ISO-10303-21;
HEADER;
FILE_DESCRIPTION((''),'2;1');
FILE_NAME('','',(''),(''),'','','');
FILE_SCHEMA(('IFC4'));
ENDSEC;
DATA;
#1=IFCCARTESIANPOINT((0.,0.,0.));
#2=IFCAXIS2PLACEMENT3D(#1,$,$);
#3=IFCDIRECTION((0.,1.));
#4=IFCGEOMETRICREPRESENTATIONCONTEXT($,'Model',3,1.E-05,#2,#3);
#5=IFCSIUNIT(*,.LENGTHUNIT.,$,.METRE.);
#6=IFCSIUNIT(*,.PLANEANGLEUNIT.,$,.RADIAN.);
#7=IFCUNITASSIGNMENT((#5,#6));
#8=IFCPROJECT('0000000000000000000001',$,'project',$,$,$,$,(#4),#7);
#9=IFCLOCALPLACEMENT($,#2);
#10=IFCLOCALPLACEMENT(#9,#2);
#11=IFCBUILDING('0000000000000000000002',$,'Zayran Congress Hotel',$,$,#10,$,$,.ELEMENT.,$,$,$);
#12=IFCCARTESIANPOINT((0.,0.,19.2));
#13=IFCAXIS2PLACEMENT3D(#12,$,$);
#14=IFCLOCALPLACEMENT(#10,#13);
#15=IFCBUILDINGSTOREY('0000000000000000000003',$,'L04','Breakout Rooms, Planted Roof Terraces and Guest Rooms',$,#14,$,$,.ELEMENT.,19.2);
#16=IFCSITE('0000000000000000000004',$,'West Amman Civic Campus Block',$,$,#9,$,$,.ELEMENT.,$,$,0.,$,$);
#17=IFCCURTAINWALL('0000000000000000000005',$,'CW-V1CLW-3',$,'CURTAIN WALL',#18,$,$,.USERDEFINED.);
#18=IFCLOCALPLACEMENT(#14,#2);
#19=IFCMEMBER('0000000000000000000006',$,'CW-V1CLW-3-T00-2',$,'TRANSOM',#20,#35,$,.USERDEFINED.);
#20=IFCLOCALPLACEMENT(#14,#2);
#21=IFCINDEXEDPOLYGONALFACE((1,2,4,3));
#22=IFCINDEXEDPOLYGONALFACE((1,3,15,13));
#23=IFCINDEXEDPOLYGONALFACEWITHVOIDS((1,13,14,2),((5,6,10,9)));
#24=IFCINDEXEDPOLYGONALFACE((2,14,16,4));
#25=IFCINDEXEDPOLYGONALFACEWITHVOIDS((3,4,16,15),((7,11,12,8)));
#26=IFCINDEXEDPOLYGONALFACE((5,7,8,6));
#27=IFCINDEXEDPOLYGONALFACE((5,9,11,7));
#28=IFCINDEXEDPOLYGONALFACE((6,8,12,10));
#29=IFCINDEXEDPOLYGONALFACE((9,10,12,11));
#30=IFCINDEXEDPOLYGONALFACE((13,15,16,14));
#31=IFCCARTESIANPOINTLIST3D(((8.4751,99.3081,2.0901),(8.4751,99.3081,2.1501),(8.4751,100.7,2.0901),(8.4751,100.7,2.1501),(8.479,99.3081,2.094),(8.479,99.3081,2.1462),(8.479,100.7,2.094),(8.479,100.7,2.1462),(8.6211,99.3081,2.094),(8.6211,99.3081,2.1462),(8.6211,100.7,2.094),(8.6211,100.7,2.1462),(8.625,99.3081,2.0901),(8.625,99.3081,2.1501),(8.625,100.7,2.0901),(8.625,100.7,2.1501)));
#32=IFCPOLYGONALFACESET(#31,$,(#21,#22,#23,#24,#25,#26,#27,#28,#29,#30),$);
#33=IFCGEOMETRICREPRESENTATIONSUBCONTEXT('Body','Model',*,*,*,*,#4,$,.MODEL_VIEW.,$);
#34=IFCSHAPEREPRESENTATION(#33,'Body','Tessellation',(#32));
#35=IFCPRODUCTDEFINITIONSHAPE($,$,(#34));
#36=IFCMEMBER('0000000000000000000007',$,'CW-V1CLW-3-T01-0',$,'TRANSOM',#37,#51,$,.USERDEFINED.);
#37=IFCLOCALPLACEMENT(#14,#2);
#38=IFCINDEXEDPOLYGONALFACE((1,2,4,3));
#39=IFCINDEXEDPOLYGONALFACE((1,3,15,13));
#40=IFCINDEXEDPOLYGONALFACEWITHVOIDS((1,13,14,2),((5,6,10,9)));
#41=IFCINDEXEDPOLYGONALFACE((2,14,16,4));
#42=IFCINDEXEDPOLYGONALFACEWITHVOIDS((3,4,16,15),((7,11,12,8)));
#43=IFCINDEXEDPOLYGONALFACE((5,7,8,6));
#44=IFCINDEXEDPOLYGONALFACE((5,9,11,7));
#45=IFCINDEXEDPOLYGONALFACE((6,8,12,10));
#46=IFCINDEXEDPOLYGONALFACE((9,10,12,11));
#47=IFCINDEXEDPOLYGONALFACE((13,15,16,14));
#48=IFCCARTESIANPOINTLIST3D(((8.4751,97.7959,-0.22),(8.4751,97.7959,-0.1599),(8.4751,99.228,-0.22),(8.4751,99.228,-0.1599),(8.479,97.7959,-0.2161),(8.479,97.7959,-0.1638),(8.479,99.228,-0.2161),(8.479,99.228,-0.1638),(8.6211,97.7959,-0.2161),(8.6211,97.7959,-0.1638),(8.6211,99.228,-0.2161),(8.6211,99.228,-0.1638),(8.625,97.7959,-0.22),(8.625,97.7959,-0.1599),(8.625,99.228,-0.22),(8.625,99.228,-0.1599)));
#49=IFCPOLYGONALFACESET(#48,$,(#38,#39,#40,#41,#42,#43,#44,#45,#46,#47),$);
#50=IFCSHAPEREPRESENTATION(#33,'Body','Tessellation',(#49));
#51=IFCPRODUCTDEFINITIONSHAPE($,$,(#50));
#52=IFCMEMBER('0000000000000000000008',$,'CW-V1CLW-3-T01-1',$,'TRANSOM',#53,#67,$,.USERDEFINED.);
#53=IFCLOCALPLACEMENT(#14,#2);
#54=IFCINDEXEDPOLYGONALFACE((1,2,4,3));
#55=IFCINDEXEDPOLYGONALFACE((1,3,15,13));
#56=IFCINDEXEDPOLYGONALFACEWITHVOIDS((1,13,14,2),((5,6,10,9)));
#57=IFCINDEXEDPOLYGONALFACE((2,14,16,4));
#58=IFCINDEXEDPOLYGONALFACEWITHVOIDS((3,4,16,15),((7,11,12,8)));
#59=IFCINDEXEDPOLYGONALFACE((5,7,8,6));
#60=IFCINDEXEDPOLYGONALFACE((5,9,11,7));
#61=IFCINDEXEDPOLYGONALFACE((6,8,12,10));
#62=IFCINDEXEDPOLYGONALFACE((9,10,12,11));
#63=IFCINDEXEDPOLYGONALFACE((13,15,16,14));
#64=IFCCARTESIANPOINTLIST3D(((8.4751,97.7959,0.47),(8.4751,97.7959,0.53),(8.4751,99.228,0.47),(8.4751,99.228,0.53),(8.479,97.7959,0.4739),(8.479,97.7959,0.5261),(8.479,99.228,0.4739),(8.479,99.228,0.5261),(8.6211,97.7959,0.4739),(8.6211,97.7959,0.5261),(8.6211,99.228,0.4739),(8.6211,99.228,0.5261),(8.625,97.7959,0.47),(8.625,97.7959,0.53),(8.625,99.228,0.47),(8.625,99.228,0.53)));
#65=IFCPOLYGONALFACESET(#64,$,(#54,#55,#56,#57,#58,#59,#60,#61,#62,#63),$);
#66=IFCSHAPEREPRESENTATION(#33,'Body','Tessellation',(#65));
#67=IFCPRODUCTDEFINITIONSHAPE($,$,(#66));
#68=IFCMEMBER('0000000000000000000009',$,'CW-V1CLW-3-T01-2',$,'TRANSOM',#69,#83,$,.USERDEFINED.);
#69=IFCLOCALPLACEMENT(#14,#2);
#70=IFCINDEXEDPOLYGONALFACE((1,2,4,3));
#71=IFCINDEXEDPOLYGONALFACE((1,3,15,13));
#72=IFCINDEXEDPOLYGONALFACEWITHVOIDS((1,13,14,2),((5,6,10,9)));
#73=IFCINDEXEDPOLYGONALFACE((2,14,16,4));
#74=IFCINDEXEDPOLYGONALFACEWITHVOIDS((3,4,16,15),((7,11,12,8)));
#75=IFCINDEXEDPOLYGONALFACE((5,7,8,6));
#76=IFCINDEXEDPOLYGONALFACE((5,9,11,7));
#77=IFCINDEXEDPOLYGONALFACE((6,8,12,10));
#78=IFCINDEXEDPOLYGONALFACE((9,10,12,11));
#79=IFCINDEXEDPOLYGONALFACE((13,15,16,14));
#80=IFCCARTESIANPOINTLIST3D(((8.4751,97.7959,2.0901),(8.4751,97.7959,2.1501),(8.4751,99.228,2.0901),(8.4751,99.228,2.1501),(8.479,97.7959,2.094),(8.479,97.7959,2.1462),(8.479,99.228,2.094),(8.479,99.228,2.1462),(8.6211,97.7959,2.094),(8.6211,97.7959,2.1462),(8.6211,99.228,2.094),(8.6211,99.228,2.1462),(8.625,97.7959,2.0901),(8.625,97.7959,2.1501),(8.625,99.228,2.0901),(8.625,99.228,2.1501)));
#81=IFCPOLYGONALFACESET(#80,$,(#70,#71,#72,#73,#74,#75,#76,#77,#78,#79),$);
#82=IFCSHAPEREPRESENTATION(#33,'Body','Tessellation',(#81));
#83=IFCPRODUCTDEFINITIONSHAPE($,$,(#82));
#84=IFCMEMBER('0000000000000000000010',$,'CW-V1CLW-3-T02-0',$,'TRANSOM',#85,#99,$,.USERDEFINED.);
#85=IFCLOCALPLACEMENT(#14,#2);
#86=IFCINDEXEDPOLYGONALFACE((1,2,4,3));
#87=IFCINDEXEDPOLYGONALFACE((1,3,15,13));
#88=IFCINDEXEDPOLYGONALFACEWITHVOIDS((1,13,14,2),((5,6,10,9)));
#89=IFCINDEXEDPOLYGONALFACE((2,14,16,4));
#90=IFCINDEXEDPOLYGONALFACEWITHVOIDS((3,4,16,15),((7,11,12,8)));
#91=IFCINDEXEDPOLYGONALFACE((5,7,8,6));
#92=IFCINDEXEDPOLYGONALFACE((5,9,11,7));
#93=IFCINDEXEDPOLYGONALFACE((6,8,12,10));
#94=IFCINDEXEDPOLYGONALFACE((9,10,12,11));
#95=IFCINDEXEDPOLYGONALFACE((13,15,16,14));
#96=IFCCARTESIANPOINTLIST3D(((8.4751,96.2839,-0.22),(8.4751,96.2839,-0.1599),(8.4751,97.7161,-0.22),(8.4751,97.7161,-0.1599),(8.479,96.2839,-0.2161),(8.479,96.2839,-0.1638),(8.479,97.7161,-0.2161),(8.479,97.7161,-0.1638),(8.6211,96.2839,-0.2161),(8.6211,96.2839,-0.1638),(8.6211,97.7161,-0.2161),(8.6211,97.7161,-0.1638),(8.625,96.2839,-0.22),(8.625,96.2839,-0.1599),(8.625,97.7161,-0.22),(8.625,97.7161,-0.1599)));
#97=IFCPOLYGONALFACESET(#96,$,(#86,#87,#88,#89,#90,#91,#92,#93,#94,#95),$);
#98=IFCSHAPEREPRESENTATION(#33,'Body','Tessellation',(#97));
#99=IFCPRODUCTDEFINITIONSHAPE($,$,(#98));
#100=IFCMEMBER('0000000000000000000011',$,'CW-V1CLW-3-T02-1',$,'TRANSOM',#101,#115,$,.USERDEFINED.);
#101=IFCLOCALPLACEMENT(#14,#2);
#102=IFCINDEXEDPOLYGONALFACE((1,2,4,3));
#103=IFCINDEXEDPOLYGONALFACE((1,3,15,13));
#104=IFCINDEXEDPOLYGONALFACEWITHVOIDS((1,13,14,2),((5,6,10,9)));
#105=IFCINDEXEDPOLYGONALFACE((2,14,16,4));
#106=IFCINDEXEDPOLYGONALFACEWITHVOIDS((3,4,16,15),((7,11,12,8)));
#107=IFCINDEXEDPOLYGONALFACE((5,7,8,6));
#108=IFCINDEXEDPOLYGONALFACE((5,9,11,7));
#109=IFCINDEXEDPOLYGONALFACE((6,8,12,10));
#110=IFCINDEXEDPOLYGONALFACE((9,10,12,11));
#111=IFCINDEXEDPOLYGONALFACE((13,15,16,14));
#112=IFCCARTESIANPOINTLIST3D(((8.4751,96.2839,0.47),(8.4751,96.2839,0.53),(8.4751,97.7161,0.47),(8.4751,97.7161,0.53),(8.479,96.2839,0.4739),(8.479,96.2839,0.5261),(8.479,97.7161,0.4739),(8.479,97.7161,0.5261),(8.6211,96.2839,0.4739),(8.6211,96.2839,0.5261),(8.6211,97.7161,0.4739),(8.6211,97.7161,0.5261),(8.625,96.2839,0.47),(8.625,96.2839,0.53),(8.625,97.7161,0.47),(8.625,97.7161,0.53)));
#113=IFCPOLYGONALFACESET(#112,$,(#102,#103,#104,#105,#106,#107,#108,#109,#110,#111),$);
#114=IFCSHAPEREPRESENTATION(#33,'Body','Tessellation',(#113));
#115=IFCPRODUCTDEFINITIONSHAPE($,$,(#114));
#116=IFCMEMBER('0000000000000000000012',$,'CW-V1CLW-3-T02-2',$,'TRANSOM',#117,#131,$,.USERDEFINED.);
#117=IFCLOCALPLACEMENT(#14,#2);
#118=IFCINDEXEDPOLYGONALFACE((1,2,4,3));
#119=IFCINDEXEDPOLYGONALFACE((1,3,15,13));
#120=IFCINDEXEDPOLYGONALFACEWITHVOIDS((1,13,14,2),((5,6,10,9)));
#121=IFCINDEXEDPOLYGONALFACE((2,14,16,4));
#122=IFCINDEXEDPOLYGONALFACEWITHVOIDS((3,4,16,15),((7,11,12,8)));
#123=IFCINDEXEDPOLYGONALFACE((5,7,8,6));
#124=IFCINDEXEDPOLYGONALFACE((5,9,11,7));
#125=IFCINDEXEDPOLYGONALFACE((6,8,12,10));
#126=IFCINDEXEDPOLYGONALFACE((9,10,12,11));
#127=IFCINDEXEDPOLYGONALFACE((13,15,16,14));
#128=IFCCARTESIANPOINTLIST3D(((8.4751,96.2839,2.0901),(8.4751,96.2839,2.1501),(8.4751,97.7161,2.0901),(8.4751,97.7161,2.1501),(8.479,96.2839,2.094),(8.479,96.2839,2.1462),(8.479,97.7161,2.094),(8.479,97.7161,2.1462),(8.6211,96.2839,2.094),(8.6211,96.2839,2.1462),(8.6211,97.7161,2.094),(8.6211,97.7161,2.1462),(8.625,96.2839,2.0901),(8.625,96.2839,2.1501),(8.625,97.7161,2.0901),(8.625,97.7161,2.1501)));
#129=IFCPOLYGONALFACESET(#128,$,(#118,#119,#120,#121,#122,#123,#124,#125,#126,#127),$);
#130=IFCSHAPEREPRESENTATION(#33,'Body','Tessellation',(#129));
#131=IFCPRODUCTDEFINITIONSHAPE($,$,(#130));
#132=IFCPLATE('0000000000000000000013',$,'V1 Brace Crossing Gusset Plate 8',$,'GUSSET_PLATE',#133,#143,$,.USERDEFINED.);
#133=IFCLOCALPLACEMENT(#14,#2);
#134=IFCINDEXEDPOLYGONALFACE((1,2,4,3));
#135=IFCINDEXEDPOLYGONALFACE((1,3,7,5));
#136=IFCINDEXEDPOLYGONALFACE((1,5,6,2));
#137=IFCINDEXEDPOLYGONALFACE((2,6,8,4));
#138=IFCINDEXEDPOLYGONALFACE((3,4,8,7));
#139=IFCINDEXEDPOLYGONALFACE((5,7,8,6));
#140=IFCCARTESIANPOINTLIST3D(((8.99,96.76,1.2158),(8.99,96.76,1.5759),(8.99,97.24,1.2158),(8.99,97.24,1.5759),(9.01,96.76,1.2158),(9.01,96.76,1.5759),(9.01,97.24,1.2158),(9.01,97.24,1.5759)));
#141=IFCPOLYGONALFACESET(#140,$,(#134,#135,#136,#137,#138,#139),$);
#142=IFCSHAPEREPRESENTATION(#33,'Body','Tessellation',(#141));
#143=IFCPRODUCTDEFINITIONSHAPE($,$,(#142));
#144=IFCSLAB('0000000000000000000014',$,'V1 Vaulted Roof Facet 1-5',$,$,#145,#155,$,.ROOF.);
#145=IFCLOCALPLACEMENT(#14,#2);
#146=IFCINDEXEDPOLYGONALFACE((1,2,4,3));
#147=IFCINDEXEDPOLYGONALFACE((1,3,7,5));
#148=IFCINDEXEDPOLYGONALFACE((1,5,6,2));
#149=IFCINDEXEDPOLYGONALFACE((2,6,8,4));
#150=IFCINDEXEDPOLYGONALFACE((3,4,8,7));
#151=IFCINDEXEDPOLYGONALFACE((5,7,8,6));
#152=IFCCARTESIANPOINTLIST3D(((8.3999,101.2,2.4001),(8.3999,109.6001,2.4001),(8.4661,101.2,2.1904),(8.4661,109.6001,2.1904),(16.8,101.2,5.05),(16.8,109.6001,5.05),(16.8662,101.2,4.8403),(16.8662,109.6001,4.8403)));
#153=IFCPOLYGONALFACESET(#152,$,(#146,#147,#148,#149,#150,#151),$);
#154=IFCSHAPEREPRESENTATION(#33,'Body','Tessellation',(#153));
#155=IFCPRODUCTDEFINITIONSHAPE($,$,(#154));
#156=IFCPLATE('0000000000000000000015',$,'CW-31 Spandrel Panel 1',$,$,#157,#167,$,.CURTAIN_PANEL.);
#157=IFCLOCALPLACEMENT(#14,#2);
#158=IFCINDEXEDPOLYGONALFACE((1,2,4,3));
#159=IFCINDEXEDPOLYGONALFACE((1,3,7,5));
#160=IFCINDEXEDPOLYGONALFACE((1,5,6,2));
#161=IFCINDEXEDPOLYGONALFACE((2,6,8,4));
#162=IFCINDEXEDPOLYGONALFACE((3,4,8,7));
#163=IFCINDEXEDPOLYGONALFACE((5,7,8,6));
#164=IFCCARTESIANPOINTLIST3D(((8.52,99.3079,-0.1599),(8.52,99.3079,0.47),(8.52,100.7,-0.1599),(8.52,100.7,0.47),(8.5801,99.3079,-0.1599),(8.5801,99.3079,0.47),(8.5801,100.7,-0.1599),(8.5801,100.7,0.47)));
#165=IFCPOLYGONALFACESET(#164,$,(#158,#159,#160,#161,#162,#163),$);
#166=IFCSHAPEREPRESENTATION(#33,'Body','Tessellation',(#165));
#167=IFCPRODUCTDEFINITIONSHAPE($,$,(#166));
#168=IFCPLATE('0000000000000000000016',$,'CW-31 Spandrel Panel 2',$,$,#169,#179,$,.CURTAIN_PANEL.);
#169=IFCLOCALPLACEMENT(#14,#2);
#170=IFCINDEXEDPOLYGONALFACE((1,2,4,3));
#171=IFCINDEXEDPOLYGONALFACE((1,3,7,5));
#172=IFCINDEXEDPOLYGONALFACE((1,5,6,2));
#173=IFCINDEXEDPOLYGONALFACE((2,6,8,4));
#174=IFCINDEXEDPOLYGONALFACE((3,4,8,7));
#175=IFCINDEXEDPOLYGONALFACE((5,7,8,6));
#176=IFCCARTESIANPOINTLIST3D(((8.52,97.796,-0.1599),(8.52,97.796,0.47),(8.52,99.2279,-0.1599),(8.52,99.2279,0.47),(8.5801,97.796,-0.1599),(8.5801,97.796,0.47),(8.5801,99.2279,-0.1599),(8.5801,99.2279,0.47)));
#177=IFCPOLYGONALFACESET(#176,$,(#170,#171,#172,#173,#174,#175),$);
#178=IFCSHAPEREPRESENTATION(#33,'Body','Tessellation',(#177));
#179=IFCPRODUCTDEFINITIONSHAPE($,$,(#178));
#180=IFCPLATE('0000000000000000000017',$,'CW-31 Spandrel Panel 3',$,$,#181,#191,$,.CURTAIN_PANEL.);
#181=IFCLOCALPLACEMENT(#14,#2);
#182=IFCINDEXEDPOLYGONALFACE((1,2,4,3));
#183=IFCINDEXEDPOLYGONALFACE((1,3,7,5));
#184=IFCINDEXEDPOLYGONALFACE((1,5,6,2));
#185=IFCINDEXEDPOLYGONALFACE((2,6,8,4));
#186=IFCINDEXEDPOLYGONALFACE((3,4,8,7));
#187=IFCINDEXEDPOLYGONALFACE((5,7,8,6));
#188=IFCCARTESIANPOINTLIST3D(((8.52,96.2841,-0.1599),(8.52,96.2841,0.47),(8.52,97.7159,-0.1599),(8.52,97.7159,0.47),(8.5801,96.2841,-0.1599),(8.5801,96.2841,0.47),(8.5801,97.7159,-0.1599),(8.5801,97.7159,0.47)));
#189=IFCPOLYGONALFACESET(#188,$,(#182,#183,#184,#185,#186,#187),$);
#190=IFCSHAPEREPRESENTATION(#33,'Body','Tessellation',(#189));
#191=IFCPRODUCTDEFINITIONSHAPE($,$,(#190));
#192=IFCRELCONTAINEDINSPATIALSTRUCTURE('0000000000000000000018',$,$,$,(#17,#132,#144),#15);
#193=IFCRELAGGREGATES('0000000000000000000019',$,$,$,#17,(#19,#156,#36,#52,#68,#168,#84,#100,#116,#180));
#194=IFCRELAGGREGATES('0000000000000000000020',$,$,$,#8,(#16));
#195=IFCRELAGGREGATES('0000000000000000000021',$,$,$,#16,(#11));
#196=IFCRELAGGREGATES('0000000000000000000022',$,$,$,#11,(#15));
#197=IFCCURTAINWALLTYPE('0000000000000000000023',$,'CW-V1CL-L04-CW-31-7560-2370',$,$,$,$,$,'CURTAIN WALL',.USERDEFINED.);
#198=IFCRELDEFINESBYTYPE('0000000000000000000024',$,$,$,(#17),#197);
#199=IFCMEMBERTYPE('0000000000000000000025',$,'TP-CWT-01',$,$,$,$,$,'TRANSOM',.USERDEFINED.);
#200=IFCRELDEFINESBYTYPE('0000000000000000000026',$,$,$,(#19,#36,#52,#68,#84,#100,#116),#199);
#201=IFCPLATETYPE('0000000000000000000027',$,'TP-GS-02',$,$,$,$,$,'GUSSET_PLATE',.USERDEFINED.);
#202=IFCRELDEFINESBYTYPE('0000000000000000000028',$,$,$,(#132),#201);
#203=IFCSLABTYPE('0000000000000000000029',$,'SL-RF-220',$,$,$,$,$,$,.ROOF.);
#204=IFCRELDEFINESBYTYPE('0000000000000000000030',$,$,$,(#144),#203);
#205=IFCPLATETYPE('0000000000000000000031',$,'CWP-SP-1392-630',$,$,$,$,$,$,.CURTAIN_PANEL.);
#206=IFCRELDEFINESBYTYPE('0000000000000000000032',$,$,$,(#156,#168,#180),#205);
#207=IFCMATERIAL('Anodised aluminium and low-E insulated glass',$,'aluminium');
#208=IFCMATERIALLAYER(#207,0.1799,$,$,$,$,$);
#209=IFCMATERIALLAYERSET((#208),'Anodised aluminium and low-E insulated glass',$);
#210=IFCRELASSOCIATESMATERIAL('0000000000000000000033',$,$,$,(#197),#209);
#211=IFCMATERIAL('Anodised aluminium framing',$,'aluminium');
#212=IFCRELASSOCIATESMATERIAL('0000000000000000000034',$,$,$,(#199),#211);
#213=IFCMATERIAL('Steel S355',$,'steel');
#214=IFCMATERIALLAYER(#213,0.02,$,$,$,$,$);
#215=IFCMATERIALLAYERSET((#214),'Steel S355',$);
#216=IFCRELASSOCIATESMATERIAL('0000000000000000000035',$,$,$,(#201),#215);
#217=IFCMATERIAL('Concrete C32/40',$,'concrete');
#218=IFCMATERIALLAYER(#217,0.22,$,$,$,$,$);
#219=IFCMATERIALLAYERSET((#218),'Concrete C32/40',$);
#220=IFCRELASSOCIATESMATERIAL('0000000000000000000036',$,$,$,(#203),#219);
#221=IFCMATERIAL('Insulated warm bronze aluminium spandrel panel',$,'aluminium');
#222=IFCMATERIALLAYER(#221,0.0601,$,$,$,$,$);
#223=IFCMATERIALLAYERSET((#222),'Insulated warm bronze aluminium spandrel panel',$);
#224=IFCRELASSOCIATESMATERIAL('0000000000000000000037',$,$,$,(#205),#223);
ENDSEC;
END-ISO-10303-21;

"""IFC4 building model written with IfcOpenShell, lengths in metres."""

from ifc_helpers import new_model, si_unit, direction, frame, origin, origin_2d, place, context, subcontext, project, spatial, polyline, rectangle, hollow_rectangle, outline, extrude, material, layer, layer_set, material_profile, profile_set, type_object, element, aggregate, save


model = new_model("IFC4")

# Units and contexts
model_context = context("Model", 3, precision=1e-05, world=origin(), true_north=direction((0.0, 1.0)))
body_context = subcontext(model_context, "Body", "Model", "MODEL_VIEW")
ifc_project = project(units=[si_unit("LENGTHUNIT", "METRE"), si_unit("PLANEANGLEUNIT", "RADIAN")], contexts=[model_context])

# Site, building, storey
site_placement = place(None, origin())
site = spatial("IfcSite", under=ifc_project, at=site_placement, Name="West Amman Civic Campus Block", CompositionType="ELEMENT", RefElevation=0.0)
building_placement = place(site_placement, origin())
building = spatial("IfcBuilding", under=site, at=building_placement, Name="Zayran Congress Hotel", CompositionType="ELEMENT")
storey_placement = place(building_placement, frame((0.0, 0.0, 19.2)))
storey = spatial("IfcBuildingStorey", under=building, at=storey_placement, Name="L04", Description="Breakout Rooms, Planted Roof Terraces and Guest Rooms", CompositionType="ELEMENT", Elevation=19.2)

# Shared definitions
ifc_material_1 = material(Name="Steel S355", Category="steel")

# Curtain wall, members
ifc_material_2 = material(Name="Anodised aluminium and low-E insulated glass", Category="aluminium")
ifc_layer_1 = layer(ifc_material_2, 0.1799)
ifc_layer_set_1 = layer_set([ifc_layer_1], Name="Anodised aluminium and low-E insulated glass")
curtain_wall_type = type_object("IfcCurtainWallType", Name="CW-V1CL-L04-CW-31-7560-2370", ElementType="CURTAIN WALL", PredefinedType="USERDEFINED", material=ifc_layer_set_1)
curtain_wall_placement = place(storey_placement, origin())
curtain_wall = element("IfcCurtainWall", 1, at=curtain_wall_placement, inside=storey, type_object=curtain_wall_type, Name="CW-V1CLW-3", ObjectType="CURTAIN WALL", PredefinedType="USERDEFINED")
ifc_material_3 = material(Name="Anodised aluminium framing", Category="aluminium")
ifc_material_profile_1 = material_profile(ifc_material_3, hollow_rectangle(XDim=0.0601, YDim=0.1499, WallThickness=0.0039, at=origin_2d()), Name="RHS 150x60x4")
ifc_profile_set_1 = profile_set([ifc_material_profile_1], Name="Anodised aluminium framing")
member_type_1 = type_object("IfcMemberType", Name="TP-CWT-01", ElementType="TRANSOM", PredefinedType="USERDEFINED", material=ifc_profile_set_1)
member_1_placement = place(storey_placement, frame((8.55, 100.7, 2.1201), z_axis=(0.0, -1.0, 0.0), x_axis=(0.0, 0.0, 1.0)))
member_1 = element("IfcMember", 2, at=member_1_placement, type_object=member_type_1, Name="CW-V1CLW-3-T00-2", ObjectType="TRANSOM", PredefinedType="USERDEFINED", context=body_context, shape_type="SweptSolid", body=[
    extrude(hollow_rectangle(XDim=0.0601, YDim=0.1499, WallThickness=0.0039, at=origin_2d()), origin(), (0.0, 0.0, 1.0), 1.3918),
])
member_2_placement = place(storey_placement, frame((8.55, 99.228, -0.1899), z_axis=(0.0, -1.0, 0.0), x_axis=(0.0, 0.0, 1.0)))
member_2 = element("IfcMember", 3, at=member_2_placement, type_object=member_type_1, Name="CW-V1CLW-3-T01-0", ObjectType="TRANSOM", PredefinedType="USERDEFINED", context=body_context, shape_type="SweptSolid", body=[
    extrude(hollow_rectangle(XDim=0.0601, YDim=0.1499, WallThickness=0.0039, at=origin_2d()), origin(), (0.0, 0.0, 1.0), 1.4321),
])
member_3_placement = place(storey_placement, frame((8.55, 99.228, 0.5), z_axis=(0.0, -1.0, 0.0), x_axis=(0.0, 0.0, 1.0)))
member_3 = element("IfcMember", 4, at=member_3_placement, type_object=member_type_1, Name="CW-V1CLW-3-T01-1", ObjectType="TRANSOM", PredefinedType="USERDEFINED", context=body_context, shape_type="SweptSolid", body=[
    extrude(hollow_rectangle(XDim=0.0601, YDim=0.1499, WallThickness=0.0039, at=origin_2d()), origin(), (0.0, 0.0, 1.0), 1.4321),
])
member_4_placement = place(storey_placement, frame((8.55, 99.228, 2.1201), z_axis=(0.0, -1.0, 0.0), x_axis=(0.0, 0.0, 1.0)))
member_4 = element("IfcMember", 5, at=member_4_placement, type_object=member_type_1, Name="CW-V1CLW-3-T01-2", ObjectType="TRANSOM", PredefinedType="USERDEFINED", context=body_context, shape_type="SweptSolid", body=[
    extrude(hollow_rectangle(XDim=0.0601, YDim=0.1499, WallThickness=0.0039, at=origin_2d()), origin(), (0.0, 0.0, 1.0), 1.4321),
])
member_5_placement = place(storey_placement, frame((8.55, 97.7161, -0.1899), z_axis=(0.0, -1.0, 0.0), x_axis=(0.0, 0.0, 1.0)))
member_5 = element("IfcMember", 6, at=member_5_placement, type_object=member_type_1, Name="CW-V1CLW-3-T02-0", ObjectType="TRANSOM", PredefinedType="USERDEFINED", context=body_context, shape_type="SweptSolid", body=[
    extrude(hollow_rectangle(XDim=0.0601, YDim=0.1499, WallThickness=0.0039, at=origin_2d()), origin(), (0.0, 0.0, 1.0), 1.4321),
])
member_6_placement = place(storey_placement, frame((8.55, 97.7161, 0.5), z_axis=(0.0, -1.0, 0.0), x_axis=(0.0, 0.0, 1.0)))
member_6 = element("IfcMember", 7, at=member_6_placement, type_object=member_type_1, Name="CW-V1CLW-3-T02-1", ObjectType="TRANSOM", PredefinedType="USERDEFINED", context=body_context, shape_type="SweptSolid", body=[
    extrude(hollow_rectangle(XDim=0.0601, YDim=0.1499, WallThickness=0.0039, at=origin_2d()), origin(), (0.0, 0.0, 1.0), 1.4321),
])
member_7_placement = place(storey_placement, frame((8.55, 97.7161, 2.1201), z_axis=(0.0, -1.0, 0.0), x_axis=(0.0, 0.0, 1.0)))
member_7 = element("IfcMember", 8, at=member_7_placement, type_object=member_type_1, Name="CW-V1CLW-3-T02-2", ObjectType="TRANSOM", PredefinedType="USERDEFINED", context=body_context, shape_type="SweptSolid", body=[
    extrude(hollow_rectangle(XDim=0.0601, YDim=0.1499, WallThickness=0.0039, at=origin_2d()), origin(), (0.0, 0.0, 1.0), 1.4321),
])

# Plate
ifc_layer_2 = layer(ifc_material_1, 0.02)
ifc_layer_set_2 = layer_set([ifc_layer_2], Name="Steel S355")
plate_type_1 = type_object("IfcPlateType", Name="TP-GS-02", ElementType="GUSSET_PLATE", PredefinedType="USERDEFINED", material=ifc_layer_set_2)
plate_1_placement = place(storey_placement, frame((9.0, 97.0, 1.2158), z_axis=(0.0, 0.0, 1.0), x_axis=(0.0, 1.0, 0.0)))
element("IfcPlate", 9, at=plate_1_placement, inside=storey, type_object=plate_type_1, Name="V1 Brace Crossing Gusset Plate 8", ObjectType="GUSSET_PLATE", PredefinedType="USERDEFINED", context=body_context, shape_type="SweptSolid", body=[
    extrude(rectangle(XDim=0.48, YDim=0.02, at=origin_2d()), origin(), (0.0, 0.0, 1.0), 0.3601),
])

# Slab
ifc_material_4 = material(Name="Concrete C32/40", Category="concrete")
ifc_layer_3 = layer(ifc_material_4, 0.22)
ifc_layer_set_3 = layer_set([ifc_layer_3], Name="Concrete C32/40")
slab_type = type_object("IfcSlabType", Name="SL-RF-220", PredefinedType="ROOF", material=ifc_layer_set_3)
slab_placement = place(storey_placement, frame((8.3999, 101.2, 2.4001), z_axis=(-0.300845, 0.0, 0.953673), x_axis=(0.953673, 0.0, 0.300845)))
element("IfcSlab", 10, at=slab_placement, inside=storey, type_object=slab_type, Name="V1 Vaulted Roof Facet 1-5", PredefinedType="ROOF", context=body_context, shape_type="SweptSolid", body=[
    extrude(outline(polyline([(0.0, 0.0), (8.8082, 0.0), (8.8082, 8.4001), (0.0, 8.4001), (0.0, 0.0)])), origin(), (0.0, 0.0, -1.0), 0.22),
])

# Plates
ifc_material_5 = material(Name="Insulated warm bronze aluminium spandrel panel", Category="aluminium")
ifc_layer_4 = layer(ifc_material_5, 0.0601)
ifc_layer_set_4 = layer_set([ifc_layer_4], Name="Insulated warm bronze aluminium spandrel panel")
plate_type_2 = type_object("IfcPlateType", Name="CWP-SP-1392-630", PredefinedType="CURTAIN_PANEL", material=ifc_layer_set_4)
plate_2_placement = place(storey_placement, frame((8.55, 100.0039, -0.1599), z_axis=(0.0, 0.0, 1.0), x_axis=(0.0, 1.0, 0.0)))
plate_2 = element("IfcPlate", 11, at=plate_2_placement, type_object=plate_type_2, Name="CW-31 Spandrel Panel 1", PredefinedType="CURTAIN_PANEL", context=body_context, shape_type="SweptSolid", body=[
    extrude(rectangle(XDim=1.3921, YDim=0.0601, at=origin_2d()), origin(), (0.0, 0.0, 1.0), 0.6299),
])
plate_3_placement = place(storey_placement, frame((8.55, 98.512, -0.1599), z_axis=(0.0, 0.0, 1.0), x_axis=(0.0, 1.0, 0.0)))
plate_3 = element("IfcPlate", 12, at=plate_3_placement, type_object=plate_type_2, Name="CW-31 Spandrel Panel 2", PredefinedType="CURTAIN_PANEL", context=body_context, shape_type="SweptSolid", body=[
    extrude(rectangle(XDim=1.4319, YDim=0.0601, at=origin_2d()), origin(), (0.0, 0.0, 1.0), 0.6299),
])
plate_4_placement = place(storey_placement, frame((8.55, 97.0, -0.1599), z_axis=(0.0, 0.0, 1.0), x_axis=(0.0, 1.0, 0.0)))
plate_4 = element("IfcPlate", 13, at=plate_4_placement, type_object=plate_type_2, Name="CW-31 Spandrel Panel 3", PredefinedType="CURTAIN_PANEL", context=body_context, shape_type="SweptSolid", body=[
    extrude(rectangle(XDim=1.4319, YDim=0.0601, at=origin_2d()), origin(), (0.0, 0.0, 1.0), 0.6299),
])
aggregate(curtain_wall, [member_1, plate_2, member_2, member_3, member_4, plate_3, member_5, member_6, member_7, plate_4])

save(model, "model.ifc")
